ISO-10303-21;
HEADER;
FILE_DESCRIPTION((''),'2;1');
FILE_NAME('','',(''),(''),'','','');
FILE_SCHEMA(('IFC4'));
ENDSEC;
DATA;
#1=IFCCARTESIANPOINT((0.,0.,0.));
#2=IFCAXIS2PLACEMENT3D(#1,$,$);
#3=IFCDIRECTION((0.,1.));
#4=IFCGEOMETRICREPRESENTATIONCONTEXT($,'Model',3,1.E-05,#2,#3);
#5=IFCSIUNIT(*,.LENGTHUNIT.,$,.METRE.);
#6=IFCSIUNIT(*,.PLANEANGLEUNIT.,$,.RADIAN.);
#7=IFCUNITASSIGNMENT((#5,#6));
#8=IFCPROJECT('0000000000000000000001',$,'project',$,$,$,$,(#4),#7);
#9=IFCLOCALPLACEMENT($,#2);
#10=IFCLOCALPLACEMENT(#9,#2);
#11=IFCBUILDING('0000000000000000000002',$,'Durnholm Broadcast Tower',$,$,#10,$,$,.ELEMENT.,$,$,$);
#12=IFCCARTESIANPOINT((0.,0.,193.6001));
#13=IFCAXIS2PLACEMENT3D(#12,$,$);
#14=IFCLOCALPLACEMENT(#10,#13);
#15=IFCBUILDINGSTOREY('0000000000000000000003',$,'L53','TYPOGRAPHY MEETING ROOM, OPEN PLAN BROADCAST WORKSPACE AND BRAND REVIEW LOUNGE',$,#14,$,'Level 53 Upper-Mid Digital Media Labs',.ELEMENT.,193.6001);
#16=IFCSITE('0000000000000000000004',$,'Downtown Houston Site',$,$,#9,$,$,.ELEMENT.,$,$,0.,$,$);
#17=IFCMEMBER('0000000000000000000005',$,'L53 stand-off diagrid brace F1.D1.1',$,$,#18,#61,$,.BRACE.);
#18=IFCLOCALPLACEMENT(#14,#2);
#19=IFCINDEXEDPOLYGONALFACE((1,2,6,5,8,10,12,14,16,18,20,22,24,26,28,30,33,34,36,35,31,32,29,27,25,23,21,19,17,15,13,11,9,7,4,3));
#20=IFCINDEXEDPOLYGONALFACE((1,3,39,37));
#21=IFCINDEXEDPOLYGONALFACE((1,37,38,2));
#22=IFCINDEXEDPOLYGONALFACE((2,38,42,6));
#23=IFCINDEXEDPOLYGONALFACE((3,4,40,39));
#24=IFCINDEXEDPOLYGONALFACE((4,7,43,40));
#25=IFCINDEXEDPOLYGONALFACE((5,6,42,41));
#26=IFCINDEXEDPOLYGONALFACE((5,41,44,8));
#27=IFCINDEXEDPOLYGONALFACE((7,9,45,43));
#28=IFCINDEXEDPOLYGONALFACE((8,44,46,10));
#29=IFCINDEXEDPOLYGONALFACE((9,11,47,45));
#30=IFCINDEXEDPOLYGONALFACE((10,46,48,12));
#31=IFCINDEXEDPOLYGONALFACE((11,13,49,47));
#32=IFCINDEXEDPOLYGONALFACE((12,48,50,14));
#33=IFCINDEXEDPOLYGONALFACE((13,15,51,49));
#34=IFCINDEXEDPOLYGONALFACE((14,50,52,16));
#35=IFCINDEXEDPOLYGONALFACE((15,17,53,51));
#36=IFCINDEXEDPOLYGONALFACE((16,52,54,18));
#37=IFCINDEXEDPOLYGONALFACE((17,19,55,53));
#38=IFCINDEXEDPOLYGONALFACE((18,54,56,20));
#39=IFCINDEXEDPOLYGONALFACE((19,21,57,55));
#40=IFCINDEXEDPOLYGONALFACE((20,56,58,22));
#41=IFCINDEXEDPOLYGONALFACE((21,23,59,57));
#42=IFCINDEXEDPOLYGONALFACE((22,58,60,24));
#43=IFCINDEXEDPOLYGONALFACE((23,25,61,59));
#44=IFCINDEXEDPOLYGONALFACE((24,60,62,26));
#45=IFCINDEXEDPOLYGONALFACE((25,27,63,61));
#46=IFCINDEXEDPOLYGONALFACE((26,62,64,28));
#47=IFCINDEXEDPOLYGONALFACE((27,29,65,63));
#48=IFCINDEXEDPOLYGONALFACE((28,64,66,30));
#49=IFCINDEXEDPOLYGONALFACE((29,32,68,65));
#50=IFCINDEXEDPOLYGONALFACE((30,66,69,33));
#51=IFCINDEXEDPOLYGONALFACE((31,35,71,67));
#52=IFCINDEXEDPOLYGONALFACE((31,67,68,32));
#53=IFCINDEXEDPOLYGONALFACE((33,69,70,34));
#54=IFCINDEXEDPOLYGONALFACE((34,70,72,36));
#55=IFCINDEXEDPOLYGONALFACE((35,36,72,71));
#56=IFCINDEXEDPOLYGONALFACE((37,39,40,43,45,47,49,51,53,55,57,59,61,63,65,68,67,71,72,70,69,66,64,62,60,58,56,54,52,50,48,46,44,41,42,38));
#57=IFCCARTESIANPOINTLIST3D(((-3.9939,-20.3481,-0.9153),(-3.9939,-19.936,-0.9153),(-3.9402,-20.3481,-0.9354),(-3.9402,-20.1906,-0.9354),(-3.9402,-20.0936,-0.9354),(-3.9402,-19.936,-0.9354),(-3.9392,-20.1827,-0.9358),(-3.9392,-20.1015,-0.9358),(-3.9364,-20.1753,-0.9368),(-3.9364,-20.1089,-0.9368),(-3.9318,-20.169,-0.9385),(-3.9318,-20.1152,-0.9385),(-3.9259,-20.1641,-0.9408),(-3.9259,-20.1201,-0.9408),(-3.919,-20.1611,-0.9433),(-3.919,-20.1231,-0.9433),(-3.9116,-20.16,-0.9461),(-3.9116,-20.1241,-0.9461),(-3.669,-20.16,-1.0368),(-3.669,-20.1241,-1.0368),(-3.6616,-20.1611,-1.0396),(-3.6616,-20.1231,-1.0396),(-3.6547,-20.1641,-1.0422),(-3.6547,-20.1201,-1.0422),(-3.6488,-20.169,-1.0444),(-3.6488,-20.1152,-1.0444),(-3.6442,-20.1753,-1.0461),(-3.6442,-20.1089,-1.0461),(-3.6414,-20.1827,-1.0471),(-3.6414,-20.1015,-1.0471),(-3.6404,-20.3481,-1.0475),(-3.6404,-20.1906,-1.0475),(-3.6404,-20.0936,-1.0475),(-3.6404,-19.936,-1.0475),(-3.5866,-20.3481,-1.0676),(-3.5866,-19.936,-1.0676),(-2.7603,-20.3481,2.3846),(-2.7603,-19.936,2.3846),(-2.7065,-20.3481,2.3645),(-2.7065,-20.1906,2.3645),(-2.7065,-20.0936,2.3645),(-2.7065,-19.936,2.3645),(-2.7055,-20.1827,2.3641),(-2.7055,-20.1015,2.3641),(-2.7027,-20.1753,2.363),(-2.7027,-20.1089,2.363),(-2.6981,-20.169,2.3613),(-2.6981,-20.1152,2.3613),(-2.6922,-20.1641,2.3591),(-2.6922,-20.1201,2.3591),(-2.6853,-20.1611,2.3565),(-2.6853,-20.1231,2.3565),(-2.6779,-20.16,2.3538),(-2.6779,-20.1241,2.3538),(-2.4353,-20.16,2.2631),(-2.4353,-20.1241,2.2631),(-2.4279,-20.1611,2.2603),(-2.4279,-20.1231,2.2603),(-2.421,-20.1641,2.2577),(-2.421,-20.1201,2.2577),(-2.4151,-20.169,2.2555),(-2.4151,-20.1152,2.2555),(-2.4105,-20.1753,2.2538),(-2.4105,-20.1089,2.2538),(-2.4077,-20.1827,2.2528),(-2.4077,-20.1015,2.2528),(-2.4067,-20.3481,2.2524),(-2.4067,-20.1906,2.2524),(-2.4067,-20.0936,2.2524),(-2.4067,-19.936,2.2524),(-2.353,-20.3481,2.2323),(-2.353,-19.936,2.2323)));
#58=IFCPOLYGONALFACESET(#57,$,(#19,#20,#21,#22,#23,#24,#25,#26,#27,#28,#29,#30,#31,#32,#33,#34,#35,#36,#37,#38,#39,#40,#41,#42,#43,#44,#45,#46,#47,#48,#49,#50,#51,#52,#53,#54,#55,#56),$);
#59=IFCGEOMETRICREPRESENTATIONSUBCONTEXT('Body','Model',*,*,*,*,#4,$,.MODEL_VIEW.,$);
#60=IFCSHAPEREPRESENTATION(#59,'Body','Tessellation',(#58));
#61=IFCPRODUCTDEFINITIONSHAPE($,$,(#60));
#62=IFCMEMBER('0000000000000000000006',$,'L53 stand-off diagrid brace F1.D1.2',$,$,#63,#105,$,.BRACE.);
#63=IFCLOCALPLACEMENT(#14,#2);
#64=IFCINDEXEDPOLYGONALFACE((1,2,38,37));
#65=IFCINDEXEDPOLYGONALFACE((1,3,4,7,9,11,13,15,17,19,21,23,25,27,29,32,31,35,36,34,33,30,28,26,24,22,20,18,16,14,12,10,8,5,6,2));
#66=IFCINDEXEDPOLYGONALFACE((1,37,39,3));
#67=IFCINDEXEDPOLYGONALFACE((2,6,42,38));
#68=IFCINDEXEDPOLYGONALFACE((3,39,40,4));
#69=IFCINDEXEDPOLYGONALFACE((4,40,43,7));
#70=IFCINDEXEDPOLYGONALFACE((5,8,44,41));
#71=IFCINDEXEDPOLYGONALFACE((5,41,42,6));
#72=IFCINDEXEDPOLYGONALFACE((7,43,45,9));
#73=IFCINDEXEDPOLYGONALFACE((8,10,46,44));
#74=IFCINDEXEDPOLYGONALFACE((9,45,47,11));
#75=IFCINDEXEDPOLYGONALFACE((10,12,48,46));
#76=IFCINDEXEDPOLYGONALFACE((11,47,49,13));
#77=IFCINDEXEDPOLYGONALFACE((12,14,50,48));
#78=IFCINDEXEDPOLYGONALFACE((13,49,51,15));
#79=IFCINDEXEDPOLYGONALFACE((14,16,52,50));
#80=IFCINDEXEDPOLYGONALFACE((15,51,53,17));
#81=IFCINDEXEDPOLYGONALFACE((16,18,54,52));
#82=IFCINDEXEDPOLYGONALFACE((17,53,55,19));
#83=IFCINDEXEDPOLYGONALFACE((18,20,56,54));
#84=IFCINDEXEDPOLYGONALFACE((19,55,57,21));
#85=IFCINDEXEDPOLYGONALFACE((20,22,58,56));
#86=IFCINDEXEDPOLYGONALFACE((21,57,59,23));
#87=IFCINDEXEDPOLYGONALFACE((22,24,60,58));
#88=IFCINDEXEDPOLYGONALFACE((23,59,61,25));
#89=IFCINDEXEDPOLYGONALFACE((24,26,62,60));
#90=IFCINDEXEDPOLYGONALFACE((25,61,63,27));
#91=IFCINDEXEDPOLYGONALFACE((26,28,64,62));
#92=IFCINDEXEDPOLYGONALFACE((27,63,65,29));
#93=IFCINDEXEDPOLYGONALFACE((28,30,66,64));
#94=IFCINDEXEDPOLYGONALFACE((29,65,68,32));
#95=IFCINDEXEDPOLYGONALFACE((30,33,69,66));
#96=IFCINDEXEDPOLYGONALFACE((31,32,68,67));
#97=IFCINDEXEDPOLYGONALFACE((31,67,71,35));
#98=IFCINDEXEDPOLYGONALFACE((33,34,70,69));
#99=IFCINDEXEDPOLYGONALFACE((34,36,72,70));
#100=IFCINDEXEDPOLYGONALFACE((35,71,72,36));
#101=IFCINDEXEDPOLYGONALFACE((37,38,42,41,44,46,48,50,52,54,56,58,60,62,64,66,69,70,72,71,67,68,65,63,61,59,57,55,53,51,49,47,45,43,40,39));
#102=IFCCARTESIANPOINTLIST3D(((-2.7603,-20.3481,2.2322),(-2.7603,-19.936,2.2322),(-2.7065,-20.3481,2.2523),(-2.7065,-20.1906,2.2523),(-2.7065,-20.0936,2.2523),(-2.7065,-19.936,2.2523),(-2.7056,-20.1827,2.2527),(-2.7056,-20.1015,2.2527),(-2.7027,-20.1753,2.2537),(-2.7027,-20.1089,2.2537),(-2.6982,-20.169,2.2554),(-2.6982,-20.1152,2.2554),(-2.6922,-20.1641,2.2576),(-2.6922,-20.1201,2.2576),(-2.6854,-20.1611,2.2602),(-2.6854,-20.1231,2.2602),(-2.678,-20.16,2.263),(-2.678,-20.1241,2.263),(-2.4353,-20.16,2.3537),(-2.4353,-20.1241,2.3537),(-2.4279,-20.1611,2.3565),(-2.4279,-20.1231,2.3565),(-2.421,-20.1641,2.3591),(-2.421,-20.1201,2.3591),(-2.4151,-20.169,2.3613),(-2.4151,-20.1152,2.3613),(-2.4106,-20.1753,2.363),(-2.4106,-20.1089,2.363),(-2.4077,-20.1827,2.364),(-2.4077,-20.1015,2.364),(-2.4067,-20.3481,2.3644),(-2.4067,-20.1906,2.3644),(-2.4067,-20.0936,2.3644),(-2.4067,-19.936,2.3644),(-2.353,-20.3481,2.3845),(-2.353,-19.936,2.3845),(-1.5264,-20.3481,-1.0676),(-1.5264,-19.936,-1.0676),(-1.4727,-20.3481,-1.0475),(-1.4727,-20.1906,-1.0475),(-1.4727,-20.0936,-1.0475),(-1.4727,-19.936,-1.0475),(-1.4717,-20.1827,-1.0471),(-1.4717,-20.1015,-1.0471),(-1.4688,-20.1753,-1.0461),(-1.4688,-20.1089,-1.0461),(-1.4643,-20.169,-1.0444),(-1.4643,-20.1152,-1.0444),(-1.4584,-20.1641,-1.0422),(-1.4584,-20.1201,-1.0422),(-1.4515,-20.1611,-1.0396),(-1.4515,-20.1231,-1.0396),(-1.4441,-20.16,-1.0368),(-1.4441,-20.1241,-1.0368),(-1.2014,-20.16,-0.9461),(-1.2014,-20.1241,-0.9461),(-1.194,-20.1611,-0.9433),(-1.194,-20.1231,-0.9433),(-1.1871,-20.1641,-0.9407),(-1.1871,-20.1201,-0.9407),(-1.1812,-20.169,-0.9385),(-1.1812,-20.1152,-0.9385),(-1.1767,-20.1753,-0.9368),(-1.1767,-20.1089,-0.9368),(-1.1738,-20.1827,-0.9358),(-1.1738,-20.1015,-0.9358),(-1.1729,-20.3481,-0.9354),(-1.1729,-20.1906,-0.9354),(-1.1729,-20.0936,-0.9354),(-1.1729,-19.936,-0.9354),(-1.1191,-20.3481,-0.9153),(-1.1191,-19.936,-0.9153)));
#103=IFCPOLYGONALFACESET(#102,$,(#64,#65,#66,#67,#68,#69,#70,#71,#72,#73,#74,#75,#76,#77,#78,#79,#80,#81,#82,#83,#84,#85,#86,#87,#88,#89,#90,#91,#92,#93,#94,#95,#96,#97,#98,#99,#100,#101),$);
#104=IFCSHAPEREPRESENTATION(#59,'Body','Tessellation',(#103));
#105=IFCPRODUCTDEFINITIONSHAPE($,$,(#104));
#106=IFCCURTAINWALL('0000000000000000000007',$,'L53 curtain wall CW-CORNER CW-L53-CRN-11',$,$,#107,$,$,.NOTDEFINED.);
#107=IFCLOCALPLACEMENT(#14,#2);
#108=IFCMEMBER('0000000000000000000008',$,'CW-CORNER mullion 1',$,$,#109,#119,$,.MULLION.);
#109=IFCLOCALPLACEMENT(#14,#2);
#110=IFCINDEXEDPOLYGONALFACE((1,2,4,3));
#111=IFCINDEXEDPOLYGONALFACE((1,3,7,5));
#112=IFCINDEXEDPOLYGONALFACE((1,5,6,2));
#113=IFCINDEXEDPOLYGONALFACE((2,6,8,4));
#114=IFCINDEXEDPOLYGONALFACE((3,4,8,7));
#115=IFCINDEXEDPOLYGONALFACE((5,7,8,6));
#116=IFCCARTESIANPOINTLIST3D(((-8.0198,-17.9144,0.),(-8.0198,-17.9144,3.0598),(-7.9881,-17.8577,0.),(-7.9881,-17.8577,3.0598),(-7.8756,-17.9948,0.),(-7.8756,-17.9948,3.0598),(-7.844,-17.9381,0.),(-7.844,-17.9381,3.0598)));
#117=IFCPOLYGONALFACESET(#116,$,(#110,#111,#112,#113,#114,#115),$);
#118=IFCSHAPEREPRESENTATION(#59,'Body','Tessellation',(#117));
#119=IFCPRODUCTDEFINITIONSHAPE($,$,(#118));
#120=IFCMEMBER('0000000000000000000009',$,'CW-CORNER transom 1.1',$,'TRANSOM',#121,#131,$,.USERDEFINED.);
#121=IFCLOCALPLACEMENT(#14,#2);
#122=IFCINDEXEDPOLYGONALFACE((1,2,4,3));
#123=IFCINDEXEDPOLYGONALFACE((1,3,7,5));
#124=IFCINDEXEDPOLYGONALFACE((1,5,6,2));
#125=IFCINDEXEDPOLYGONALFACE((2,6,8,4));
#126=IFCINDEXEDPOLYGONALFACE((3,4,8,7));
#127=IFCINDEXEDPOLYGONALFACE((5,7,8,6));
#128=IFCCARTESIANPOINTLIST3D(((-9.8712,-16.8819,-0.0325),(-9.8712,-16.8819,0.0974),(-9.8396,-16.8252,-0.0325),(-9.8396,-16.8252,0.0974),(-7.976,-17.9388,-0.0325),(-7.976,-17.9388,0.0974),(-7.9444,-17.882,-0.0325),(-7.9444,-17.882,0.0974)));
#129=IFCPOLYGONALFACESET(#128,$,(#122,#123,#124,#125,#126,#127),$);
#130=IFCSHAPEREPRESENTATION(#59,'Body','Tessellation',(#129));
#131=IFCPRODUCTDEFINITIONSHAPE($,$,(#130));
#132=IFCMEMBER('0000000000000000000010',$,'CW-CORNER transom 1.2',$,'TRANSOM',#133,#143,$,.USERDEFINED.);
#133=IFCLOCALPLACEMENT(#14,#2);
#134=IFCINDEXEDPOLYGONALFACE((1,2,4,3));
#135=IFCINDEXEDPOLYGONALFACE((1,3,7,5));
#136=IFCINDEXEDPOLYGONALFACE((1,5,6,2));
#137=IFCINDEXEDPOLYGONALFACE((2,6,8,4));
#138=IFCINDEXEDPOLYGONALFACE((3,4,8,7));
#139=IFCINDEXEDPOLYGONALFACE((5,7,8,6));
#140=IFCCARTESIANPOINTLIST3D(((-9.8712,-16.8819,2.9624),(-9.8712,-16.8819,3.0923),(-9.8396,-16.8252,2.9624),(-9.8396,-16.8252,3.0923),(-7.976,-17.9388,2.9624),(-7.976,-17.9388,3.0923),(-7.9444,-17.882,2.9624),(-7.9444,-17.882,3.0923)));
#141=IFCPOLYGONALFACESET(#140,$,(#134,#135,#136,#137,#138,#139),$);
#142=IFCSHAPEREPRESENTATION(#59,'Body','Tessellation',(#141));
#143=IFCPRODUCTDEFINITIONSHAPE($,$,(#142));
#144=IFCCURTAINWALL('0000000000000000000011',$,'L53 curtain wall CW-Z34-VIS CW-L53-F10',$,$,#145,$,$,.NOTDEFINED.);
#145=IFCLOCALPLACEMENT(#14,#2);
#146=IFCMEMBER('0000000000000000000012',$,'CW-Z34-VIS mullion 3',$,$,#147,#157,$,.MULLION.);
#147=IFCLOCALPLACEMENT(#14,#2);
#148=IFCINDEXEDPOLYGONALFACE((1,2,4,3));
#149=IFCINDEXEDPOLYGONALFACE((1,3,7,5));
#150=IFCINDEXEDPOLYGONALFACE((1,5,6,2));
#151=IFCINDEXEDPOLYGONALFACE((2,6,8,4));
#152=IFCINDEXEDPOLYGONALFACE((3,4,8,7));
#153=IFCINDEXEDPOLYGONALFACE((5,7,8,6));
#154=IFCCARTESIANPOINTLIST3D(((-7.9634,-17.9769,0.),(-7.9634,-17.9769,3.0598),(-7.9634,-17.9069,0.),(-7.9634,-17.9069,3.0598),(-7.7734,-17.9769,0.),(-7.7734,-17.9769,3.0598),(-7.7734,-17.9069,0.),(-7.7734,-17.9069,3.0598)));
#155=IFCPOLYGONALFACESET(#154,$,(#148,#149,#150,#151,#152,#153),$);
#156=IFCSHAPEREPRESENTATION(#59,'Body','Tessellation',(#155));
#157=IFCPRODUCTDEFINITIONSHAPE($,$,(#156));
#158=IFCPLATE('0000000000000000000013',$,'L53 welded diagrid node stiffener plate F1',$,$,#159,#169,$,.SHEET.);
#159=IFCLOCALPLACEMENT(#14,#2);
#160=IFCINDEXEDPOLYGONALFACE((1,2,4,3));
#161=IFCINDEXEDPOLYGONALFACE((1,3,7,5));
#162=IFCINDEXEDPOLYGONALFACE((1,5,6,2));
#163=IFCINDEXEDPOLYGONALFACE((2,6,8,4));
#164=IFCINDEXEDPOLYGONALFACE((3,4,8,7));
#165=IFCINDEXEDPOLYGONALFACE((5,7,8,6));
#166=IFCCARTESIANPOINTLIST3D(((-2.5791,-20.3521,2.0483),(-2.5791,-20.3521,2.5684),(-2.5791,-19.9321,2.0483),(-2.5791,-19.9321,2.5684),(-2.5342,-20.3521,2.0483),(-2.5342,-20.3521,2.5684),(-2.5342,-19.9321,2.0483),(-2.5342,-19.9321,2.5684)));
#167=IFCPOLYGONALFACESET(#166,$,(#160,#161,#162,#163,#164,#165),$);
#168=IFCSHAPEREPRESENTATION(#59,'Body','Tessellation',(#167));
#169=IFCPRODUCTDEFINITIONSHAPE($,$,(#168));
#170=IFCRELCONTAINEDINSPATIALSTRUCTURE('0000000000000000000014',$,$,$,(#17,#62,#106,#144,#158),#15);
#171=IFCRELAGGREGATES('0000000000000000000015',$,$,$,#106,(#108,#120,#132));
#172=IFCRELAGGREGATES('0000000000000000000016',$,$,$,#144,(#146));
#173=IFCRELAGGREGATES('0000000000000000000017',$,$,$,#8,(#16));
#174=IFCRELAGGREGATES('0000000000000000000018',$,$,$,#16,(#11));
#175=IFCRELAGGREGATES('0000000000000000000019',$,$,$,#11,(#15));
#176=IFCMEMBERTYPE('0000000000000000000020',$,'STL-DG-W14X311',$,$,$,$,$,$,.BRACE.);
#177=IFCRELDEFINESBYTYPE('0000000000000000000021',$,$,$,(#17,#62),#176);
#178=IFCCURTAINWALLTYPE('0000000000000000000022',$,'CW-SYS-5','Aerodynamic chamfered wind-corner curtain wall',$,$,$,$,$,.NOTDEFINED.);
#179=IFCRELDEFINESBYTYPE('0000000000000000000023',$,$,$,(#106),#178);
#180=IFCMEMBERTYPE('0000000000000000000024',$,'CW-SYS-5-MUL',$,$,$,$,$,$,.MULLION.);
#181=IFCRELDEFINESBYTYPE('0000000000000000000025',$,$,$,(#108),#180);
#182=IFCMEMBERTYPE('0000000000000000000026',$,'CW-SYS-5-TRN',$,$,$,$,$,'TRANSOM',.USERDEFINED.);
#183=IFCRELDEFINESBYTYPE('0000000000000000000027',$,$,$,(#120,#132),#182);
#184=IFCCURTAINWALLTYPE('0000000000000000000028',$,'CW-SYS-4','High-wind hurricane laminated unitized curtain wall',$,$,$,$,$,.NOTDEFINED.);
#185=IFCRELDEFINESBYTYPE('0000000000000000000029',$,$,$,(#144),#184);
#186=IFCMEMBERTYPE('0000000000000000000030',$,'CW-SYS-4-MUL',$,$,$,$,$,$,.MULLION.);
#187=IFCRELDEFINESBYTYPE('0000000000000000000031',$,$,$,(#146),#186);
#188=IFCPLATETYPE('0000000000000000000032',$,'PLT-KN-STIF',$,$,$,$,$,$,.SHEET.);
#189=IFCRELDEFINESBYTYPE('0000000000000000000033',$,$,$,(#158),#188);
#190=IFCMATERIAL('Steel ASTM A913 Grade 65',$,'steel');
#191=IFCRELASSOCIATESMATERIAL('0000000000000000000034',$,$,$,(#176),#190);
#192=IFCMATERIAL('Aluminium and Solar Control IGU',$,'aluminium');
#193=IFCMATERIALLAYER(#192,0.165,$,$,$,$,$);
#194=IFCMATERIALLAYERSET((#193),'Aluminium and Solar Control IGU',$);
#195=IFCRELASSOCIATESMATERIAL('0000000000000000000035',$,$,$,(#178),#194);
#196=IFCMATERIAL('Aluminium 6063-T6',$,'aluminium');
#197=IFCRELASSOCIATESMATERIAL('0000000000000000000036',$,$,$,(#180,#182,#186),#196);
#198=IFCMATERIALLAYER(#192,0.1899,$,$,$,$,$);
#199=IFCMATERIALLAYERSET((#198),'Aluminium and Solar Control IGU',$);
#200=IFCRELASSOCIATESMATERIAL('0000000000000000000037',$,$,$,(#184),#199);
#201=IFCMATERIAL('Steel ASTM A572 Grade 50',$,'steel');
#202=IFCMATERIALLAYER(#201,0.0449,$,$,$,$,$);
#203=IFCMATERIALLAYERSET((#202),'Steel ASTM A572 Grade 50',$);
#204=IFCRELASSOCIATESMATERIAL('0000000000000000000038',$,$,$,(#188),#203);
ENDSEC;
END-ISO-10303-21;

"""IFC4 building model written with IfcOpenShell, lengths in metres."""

from ifc_helpers import new_model, si_unit, direction, frame, origin, origin_2d, place, context, subcontext, project, spatial, rectangle, i_section, extrude, source, transform, mapped, material, layer, layer_set, material_profile, profile_set, type_object, type_shapes, element, aggregate, save


model = new_model("IFC4")

# Units and contexts
model_context = context("Model", 3, precision=1e-05, world=origin(), true_north=direction((0.0, 1.0)))
body_context = subcontext(model_context, "Body", "Model", "MODEL_VIEW")
ifc_project = project(units=[si_unit("LENGTHUNIT", "METRE"), si_unit("PLANEANGLEUNIT", "RADIAN")], contexts=[model_context])

# Site, building, storey
site_placement = place(None, origin())
site = spatial("IfcSite", under=ifc_project, at=site_placement, Name="Downtown Houston Site", CompositionType="ELEMENT", RefElevation=0.0)
building_placement = place(site_placement, origin())
building = spatial("IfcBuilding", under=site, at=building_placement, Name="Durnholm Broadcast Tower", CompositionType="ELEMENT")
storey_placement = place(building_placement, frame((0.0, 0.0, 193.6001)))
storey = spatial("IfcBuildingStorey", under=building, at=storey_placement, Name="L53", Description="TYPOGRAPHY MEETING ROOM, OPEN PLAN BROADCAST WORKSPACE AND BRAND REVIEW LOUNGE", LongName="Level 53 Upper-Mid Digital Media Labs", CompositionType="ELEMENT", Elevation=193.6001)

# Members
ifc_material_1 = material(Name="Steel ASTM A913 Grade 65", Category="steel")
ifc_material_profile_1 = material_profile(ifc_material_1, i_section(OverallWidth=0.4121, OverallDepth=0.4348, WebThickness=0.0359, FlangeThickness=0.0574, FilletRadius=0.0305, at=origin_2d()), Name="W14X311")
ifc_profile_set_1 = profile_set([ifc_material_profile_1], Name="Steel ASTM A913 Grade 65")
member_type_1 = type_object("IfcMemberType", Name="STL-DG-W14X311", PredefinedType="BRACE", material=ifc_profile_set_1)
shared_shape_1 = source(origin(), body_context, "Body", "SweptSolid", [
    extrude(i_section(OverallWidth=0.4121, OverallDepth=0.4348, WebThickness=0.0359, FlangeThickness=0.0574, FilletRadius=0.0305, at=origin_2d()), origin(), (0.0, 0.0, 1.0), 3.5229),
])
type_shapes(member_type_1, [shared_shape_1])
for number, where, z_axis, x_axis, name in (
    (1, (-3.7903, -20.1421, -0.9915), (0.350182, 0.0, 0.936682), (0.0, 1.0, 0.0), "L53 stand-off diagrid brace F1.D1.1"),
    (2, (-1.3228, -20.1421, -0.9915), (-0.350242, 0.0, 0.936659), (0.0, -1.0, 0.0), "L53 stand-off diagrid brace F1.D1.2"),
):
    element("IfcMember", number, at=place(storey_placement, frame(where, z_axis=z_axis, x_axis=x_axis)), inside=storey, type_object=member_type_1, Name=name, PredefinedType="BRACE", context=body_context, shape_type="MappedRepresentation", body=[
        mapped(shared_shape_1, transform((0.0, 0.0, 0.0), x_axis=(1.0, 0.0, 0.0), y_axis=(0.0, 1.0, 0.0), z_axis=(0.0, 0.0, 1.0), scale=1.0)),
    ])

# Curtain wall, members
ifc_material_2 = material(Name="Aluminium and Solar Control IGU", Category="aluminium")
ifc_layer_1 = layer(ifc_material_2, 0.165)
ifc_layer_set_1 = layer_set([ifc_layer_1], Name="Aluminium and Solar Control IGU")
curtain_wall_type_1 = type_object("IfcCurtainWallType", Name="CW-SYS-5", Description="Aerodynamic chamfered wind-corner curtain wall", PredefinedType="NOTDEFINED", material=ifc_layer_set_1)
curtain_wall_1_placement = place(storey_placement, origin())
curtain_wall_1 = element("IfcCurtainWall", 3, at=curtain_wall_1_placement, inside=storey, type_object=curtain_wall_type_1, Name="L53 curtain wall CW-CORNER CW-L53-CRN-11", PredefinedType="NOTDEFINED")
ifc_material_3 = material(Name="Aluminium 6063-T6", Category="aluminium")
ifc_material_profile_2 = material_profile(ifc_material_3, rectangle(XDim=0.0649, YDim=0.165, at=origin_2d()), Name="CWM65X165")
ifc_profile_set_2 = profile_set([ifc_material_profile_2], Name="Aluminium 6063-T6")
member_type_2 = type_object("IfcMemberType", Name="CW-SYS-5-MUL", PredefinedType="MULLION", material=ifc_profile_set_2)
shared_shape_2 = source(origin(), body_context, "Body", "SweptSolid", [
    extrude(rectangle(XDim=0.0649, YDim=0.165, at=origin_2d()), origin(), (0.0, 0.0, 1.0), 3.0598),
])
type_shapes(member_type_2, [shared_shape_2])
member_1_placement = place(storey_placement, frame((-7.9319, -17.9263, 0.0), z_axis=(0.0, 0.0, 1.0), x_axis=(-0.486986, -0.87341, 0.0)))
member_1 = element("IfcMember", 4, at=member_1_placement, type_object=member_type_2, Name="CW-CORNER mullion 1", PredefinedType="MULLION", context=body_context, shape_type="MappedRepresentation", body=[
    mapped(shared_shape_2, transform((0.0, 0.0, 0.0), x_axis=(1.0, 0.0, 0.0), y_axis=(0.0, 1.0, 0.0), z_axis=(0.0, 0.0, 1.0), scale=1.0)),
])
ifc_material_profile_3 = material_profile(ifc_material_3, rectangle(XDim=0.0649, YDim=0.1299, at=origin_2d()), Name="CWT65X130")
ifc_profile_set_3 = profile_set([ifc_material_profile_3], Name="Aluminium 6063-T6")
member_type_3 = type_object("IfcMemberType", Name="CW-SYS-5-TRN", ElementType="TRANSOM", PredefinedType="USERDEFINED", material=ifc_profile_set_3)
shared_shape_3 = source(origin(), body_context, "Body", "SweptSolid", [
    extrude(rectangle(XDim=0.0649, YDim=0.1299, at=origin_2d()), origin(), (0.0, 0.0, 1.0), 2.1699),
])
type_shapes(member_type_3, [shared_shape_3])
member_2_placement = place(storey_placement, frame((-7.9602, -17.9104, 0.0325), z_axis=(-0.873381, 0.487037, 0.0), x_axis=(-0.487037, -0.873381, 0.0)))
member_2 = element("IfcMember", 5, at=member_2_placement, type_object=member_type_3, Name="CW-CORNER transom 1.1", ObjectType="TRANSOM", PredefinedType="USERDEFINED", context=body_context, shape_type="MappedRepresentation", body=[
    mapped(shared_shape_3, transform((0.0, 0.0, 0.0), x_axis=(1.0, 0.0, 0.0), y_axis=(0.0, 1.0, 0.0), z_axis=(0.0, 0.0, 1.0), scale=1.0)),
])
member_3_placement = place(storey_placement, frame((-7.9602, -17.9104, 3.0273), z_axis=(-0.873381, 0.487037, 0.0), x_axis=(-0.487037, -0.873381, 0.0)))
member_3 = element("IfcMember", 6, at=member_3_placement, type_object=member_type_3, Name="CW-CORNER transom 1.2", ObjectType="TRANSOM", PredefinedType="USERDEFINED", context=body_context, shape_type="MappedRepresentation", body=[
    mapped(shared_shape_3, transform((0.0, 0.0, 0.0), x_axis=(1.0, 0.0, 0.0), y_axis=(0.0, 1.0, 0.0), z_axis=(0.0, 0.0, 1.0), scale=1.0)),
])
aggregate(curtain_wall_1, [member_1, member_2, member_3])

# Curtain wall, member
ifc_layer_2 = layer(ifc_material_2, 0.1899)
ifc_layer_set_2 = layer_set([ifc_layer_2], Name="Aluminium and Solar Control IGU")
curtain_wall_type_2 = type_object("IfcCurtainWallType", Name="CW-SYS-4", Description="High-wind hurricane laminated unitized curtain wall", PredefinedType="NOTDEFINED", material=ifc_layer_set_2)
curtain_wall_2_placement = place(storey_placement, origin())
curtain_wall_2 = element("IfcCurtainWall", 7, at=curtain_wall_2_placement, inside=storey, type_object=curtain_wall_type_2, Name="L53 curtain wall CW-Z34-VIS CW-L53-F10", PredefinedType="NOTDEFINED")
ifc_material_profile_4 = material_profile(ifc_material_3, rectangle(XDim=0.0701, YDim=0.1899, at=origin_2d()), Name="CWM70X190")
ifc_profile_set_4 = profile_set([ifc_material_profile_4], Name="Aluminium 6063-T6")
member_type_4 = type_object("IfcMemberType", Name="CW-SYS-4-MUL", PredefinedType="MULLION", material=ifc_profile_set_4)
shared_shape_4 = source(origin(), body_context, "Body", "SweptSolid", [
    extrude(rectangle(XDim=0.0701, YDim=0.1899, at=origin_2d()), origin(), (0.0, 0.0, 1.0), 3.0598),
])
type_shapes(member_type_4, [shared_shape_4])
member_4_placement = place(storey_placement, frame((-7.8684, -17.9419, 0.0), z_axis=(0.0, 0.0, 1.0), x_axis=(0.0, -1.0, 0.0)))
member_4 = element("IfcMember", 8, at=member_4_placement, type_object=member_type_4, Name="CW-Z34-VIS mullion 3", PredefinedType="MULLION", context=body_context, shape_type="MappedRepresentation", body=[
    mapped(shared_shape_4, transform((0.0, 0.0, 0.0), x_axis=(1.0, 0.0, 0.0), y_axis=(0.0, 1.0, 0.0), z_axis=(0.0, 0.0, 1.0), scale=1.0)),
])

# Plate
ifc_material_4 = material(Name="Steel ASTM A572 Grade 50", Category="steel")
ifc_layer_3 = layer(ifc_material_4, 0.0449)
ifc_layer_set_3 = layer_set([ifc_layer_3], Name="Steel ASTM A572 Grade 50")
plate_type_1 = type_object("IfcPlateType", Name="PLT-KN-STIF", PredefinedType="SHEET", material=ifc_layer_set_3)
shared_shape_5 = source(origin(), body_context, "Body", "SweptSolid", [
    extrude(rectangle(XDim=0.0449, YDim=0.4199, at=origin_2d()), origin(), (0.0, 0.0, 1.0), 0.52),
])
type_shapes(plate_type_1, [shared_shape_5])
plate_1_placement = place(storey_placement, frame((-2.5566, -20.1421, 2.0483), z_axis=(0.0, 0.0, 1.0), x_axis=(1.0, 0.0, 0.0)))
element("IfcPlate", 9, at=plate_1_placement, inside=storey, type_object=plate_type_1, Name="L53 welded diagrid node stiffener plate F1", PredefinedType="SHEET", context=body_context, shape_type="MappedRepresentation", body=[
    mapped(shared_shape_5, transform((0.0, 0.0, 0.0), x_axis=(1.0, 0.0, 0.0), y_axis=(0.0, 1.0, 0.0), z_axis=(0.0, 0.0, 1.0), scale=1.0)),
])

aggregate(curtain_wall_2, [member_4])

save(model, "model.ifc")
